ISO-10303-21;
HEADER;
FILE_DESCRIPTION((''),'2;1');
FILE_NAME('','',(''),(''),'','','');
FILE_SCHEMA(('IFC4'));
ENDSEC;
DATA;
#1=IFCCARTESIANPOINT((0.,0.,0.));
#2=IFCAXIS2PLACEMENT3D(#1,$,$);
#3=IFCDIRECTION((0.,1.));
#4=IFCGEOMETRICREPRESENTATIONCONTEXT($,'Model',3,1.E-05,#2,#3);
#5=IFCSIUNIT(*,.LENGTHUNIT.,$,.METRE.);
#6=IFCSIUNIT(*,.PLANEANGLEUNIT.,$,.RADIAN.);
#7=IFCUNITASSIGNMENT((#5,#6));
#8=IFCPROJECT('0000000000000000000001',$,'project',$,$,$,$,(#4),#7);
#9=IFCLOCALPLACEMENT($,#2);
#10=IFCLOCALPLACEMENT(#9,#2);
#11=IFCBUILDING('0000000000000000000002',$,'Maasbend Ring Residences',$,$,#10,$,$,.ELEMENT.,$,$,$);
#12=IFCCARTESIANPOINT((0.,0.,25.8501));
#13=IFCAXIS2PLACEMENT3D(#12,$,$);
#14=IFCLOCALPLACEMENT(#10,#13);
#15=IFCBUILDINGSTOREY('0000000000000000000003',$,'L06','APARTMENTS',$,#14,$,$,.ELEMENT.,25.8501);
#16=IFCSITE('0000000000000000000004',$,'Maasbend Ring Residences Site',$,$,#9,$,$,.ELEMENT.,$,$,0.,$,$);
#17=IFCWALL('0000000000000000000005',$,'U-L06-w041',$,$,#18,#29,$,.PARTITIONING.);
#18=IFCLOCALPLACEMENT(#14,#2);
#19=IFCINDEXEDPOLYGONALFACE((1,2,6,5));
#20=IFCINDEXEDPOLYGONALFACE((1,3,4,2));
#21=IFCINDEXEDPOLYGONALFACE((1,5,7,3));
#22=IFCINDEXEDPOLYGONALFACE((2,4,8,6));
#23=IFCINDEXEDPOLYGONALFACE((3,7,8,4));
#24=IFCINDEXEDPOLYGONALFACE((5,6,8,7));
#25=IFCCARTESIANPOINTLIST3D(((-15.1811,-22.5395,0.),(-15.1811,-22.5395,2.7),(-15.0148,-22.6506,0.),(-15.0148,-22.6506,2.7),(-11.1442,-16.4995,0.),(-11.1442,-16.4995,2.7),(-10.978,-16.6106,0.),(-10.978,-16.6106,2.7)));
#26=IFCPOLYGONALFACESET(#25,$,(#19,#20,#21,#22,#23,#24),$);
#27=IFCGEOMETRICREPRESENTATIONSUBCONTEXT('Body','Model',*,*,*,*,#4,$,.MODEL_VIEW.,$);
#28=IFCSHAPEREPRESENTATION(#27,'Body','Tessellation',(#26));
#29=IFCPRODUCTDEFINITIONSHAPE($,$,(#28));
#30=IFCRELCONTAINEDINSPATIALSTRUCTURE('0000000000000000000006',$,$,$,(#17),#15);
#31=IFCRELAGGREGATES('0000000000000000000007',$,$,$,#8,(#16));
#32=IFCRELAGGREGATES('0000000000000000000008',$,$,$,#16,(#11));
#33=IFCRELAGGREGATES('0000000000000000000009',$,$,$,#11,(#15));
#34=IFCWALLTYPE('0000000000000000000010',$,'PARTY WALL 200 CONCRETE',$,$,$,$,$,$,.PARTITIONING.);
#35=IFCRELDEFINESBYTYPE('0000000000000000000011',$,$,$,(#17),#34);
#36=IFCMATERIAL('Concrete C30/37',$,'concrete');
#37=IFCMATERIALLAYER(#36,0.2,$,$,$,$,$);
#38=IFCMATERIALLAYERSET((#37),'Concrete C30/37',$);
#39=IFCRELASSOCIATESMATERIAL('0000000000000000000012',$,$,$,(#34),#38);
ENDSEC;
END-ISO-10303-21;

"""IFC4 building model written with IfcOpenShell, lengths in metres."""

from ifc_helpers import new_model, si_unit, direction, frame, frame_2d, origin, place, context, subcontext, project, spatial, rectangle, extrude, material, layer, layer_set, type_object, element, save


model = new_model("IFC4")

# Units and contexts
model_context = context("Model", 3, precision=1e-05, world=origin(), true_north=direction((0.0, 1.0)))
body_context = subcontext(model_context, "Body", "Model", "MODEL_VIEW")
ifc_project = project(units=[si_unit("LENGTHUNIT", "METRE"), si_unit("PLANEANGLEUNIT", "RADIAN")], contexts=[model_context])

# Site, building, storey
site_placement = place(None, origin())
site = spatial("IfcSite", under=ifc_project, at=site_placement, Name="Maasbend Ring Residences Site", CompositionType="ELEMENT", RefElevation=0.0)
building_placement = place(site_placement, origin())
building = spatial("IfcBuilding", under=site, at=building_placement, Name="Maasbend Ring Residences", CompositionType="ELEMENT")
storey_placement = place(building_placement, frame((0.0, 0.0, 25.8501)))
storey = spatial("IfcBuildingStorey", under=building, at=storey_placement, Name="L06", Description="APARTMENTS", CompositionType="ELEMENT", Elevation=25.8501)

# Wall
ifc_material_1 = material(Name="Concrete C30/37", Category="concrete")
ifc_layer_1 = layer(ifc_material_1, 0.2)
ifc_layer_set_1 = layer_set([ifc_layer_1], Name="Concrete C30/37")
wall_type_1 = type_object("IfcWallType", Name="PARTY WALL 200 CONCRETE", PredefinedType="PARTITIONING", material=ifc_layer_set_1)
wall_1_placement = place(storey_placement, frame((-15.0979, -22.595, 0.0), z_axis=(0.0, 0.0, 1.0), x_axis=(0.555669, 0.831403, 0.0)))
element("IfcWall", 1, at=wall_1_placement, inside=storey, type_object=wall_type_1, Name="U-L06-w041", PredefinedType="PARTITIONING", context=body_context, shape_type="SweptSolid", body=[
    extrude(rectangle(XDim=7.2649, YDim=0.2, at=frame_2d((3.6323, 0.0))), origin(), (0.0, 0.0, 1.0), 2.7),
])

save(model, "model.ifc")
